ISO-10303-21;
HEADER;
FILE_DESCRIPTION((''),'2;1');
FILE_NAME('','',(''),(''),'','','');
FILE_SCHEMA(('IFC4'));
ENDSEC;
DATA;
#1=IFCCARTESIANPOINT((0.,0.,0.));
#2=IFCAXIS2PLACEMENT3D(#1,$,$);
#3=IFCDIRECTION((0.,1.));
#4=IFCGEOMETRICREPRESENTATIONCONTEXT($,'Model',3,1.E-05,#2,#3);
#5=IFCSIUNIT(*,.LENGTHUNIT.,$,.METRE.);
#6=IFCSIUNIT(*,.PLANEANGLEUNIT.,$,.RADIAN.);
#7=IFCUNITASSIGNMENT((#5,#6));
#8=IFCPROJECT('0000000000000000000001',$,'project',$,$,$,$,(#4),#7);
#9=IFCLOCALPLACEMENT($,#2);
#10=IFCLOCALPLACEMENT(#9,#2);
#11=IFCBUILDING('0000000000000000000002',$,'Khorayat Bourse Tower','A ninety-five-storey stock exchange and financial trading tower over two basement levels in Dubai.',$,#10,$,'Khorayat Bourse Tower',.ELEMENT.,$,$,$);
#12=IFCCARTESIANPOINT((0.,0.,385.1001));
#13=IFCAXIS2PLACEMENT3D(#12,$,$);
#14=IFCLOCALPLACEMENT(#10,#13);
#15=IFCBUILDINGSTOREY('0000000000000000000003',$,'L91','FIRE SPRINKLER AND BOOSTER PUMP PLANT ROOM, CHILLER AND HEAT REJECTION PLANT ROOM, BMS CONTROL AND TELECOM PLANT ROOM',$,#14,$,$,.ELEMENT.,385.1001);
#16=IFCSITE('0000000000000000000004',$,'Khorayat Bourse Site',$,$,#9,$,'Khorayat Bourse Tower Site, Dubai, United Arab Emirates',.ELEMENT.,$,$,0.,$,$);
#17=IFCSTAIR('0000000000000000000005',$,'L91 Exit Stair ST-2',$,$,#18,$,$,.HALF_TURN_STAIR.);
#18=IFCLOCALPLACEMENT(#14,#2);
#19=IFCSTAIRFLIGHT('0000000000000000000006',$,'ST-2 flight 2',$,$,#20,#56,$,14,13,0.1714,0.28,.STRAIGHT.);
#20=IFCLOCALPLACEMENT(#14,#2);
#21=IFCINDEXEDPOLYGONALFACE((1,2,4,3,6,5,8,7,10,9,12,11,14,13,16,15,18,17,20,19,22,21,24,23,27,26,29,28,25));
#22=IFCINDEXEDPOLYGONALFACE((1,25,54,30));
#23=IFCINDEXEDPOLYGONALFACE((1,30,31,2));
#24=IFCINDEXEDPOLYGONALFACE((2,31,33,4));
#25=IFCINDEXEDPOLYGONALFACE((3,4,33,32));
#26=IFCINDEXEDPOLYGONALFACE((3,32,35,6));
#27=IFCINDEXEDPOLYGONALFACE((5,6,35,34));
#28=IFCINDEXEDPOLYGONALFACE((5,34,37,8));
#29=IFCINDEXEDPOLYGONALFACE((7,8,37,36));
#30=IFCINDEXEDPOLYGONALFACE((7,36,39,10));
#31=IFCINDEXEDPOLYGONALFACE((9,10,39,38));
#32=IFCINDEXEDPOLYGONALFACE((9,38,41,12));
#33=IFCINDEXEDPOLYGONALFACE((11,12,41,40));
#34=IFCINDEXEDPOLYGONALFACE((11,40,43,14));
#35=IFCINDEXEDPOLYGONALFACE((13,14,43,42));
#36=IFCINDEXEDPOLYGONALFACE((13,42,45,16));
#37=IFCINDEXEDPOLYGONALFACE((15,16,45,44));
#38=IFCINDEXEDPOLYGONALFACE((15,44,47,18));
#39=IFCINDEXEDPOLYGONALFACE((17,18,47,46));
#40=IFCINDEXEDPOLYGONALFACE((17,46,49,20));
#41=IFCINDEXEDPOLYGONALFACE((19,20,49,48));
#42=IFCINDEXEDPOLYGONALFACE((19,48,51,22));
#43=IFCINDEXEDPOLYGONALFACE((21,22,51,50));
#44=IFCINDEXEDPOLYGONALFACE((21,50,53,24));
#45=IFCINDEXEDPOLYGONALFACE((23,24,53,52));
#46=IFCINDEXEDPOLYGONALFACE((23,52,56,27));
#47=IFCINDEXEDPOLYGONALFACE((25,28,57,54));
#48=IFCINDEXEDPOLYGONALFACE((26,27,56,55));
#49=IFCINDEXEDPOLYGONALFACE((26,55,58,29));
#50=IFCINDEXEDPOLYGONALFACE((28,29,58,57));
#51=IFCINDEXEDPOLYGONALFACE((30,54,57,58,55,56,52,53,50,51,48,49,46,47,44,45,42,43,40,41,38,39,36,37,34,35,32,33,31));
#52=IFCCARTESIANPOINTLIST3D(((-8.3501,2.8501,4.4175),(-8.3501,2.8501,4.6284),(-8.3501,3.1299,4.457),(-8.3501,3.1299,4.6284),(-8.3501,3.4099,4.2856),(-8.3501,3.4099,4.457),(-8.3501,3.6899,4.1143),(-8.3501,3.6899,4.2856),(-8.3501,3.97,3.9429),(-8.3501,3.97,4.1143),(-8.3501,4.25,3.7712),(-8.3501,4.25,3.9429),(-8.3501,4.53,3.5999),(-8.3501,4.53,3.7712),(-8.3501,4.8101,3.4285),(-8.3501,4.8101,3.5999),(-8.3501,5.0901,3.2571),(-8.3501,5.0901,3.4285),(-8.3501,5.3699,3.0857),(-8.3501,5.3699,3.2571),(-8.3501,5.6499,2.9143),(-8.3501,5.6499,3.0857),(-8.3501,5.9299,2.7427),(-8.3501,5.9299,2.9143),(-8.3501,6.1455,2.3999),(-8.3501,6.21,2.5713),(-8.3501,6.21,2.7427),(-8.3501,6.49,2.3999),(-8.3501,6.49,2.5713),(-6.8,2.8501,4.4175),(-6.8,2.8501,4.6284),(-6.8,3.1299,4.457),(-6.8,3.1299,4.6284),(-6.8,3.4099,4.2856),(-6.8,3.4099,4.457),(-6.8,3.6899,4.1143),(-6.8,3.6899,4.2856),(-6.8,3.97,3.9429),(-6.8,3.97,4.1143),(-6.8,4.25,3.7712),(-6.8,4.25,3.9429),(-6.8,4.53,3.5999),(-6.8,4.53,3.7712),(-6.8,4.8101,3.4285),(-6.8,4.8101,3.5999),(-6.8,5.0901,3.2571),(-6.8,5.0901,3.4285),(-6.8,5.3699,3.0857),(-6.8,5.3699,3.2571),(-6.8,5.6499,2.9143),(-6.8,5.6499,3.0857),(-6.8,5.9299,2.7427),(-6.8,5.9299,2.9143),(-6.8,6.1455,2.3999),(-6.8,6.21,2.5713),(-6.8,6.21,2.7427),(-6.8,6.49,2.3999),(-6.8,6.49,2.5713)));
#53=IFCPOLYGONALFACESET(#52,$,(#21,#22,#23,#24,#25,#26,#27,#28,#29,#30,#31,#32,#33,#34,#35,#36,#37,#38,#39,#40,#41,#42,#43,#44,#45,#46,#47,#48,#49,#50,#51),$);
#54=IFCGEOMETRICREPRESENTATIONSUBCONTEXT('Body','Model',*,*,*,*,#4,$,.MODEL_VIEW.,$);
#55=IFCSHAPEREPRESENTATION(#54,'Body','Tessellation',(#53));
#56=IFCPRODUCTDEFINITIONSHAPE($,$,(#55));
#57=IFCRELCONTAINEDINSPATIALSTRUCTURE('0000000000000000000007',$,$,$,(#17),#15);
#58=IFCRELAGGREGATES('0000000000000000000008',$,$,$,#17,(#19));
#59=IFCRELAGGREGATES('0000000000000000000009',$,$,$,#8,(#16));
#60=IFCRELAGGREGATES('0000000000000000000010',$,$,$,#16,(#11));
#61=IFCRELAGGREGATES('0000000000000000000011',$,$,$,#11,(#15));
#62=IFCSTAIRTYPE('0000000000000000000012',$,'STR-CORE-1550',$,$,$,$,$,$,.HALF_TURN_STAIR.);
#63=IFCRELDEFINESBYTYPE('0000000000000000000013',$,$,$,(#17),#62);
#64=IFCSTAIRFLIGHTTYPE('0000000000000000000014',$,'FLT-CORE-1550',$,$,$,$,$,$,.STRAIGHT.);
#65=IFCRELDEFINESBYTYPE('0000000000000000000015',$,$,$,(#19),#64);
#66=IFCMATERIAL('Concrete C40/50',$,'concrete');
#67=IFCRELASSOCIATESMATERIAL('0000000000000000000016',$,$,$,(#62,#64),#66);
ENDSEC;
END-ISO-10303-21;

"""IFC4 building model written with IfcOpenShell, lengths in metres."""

from ifc_helpers import new_model, si_unit, direction, frame, origin, place, context, subcontext, project, spatial, polyline, outline, extrude, source, transform, mapped, material, type_object, element, aggregate, save


model = new_model("IFC4")

# Units and contexts
model_context = context("Model", 3, precision=1e-05, world=origin(), true_north=direction((0.0, 1.0)))
body_context = subcontext(model_context, "Body", "Model", "MODEL_VIEW")
ifc_project = project(units=[si_unit("LENGTHUNIT", "METRE"), si_unit("PLANEANGLEUNIT", "RADIAN")], contexts=[model_context])

# Site, building, storey
site_placement = place(None, origin())
site = spatial("IfcSite", under=ifc_project, at=site_placement, Name="Khorayat Bourse Site", LongName="Khorayat Bourse Tower Site, Dubai, United Arab Emirates", CompositionType="ELEMENT", RefElevation=0.0)
building_placement = place(site_placement, origin())
building = spatial("IfcBuilding", under=site, at=building_placement, Name="Khorayat Bourse Tower", Description="A ninety-five-storey stock exchange and financial trading tower over two basement levels in Dubai.", LongName="Khorayat Bourse Tower", CompositionType="ELEMENT")
storey_placement = place(building_placement, frame((0.0, 0.0, 385.1001)))
storey = spatial("IfcBuildingStorey", under=building, at=storey_placement, Name="L91", Description="FIRE SPRINKLER AND BOOSTER PUMP PLANT ROOM, CHILLER AND HEAT REJECTION PLANT ROOM, BMS CONTROL AND TELECOM PLANT ROOM", CompositionType="ELEMENT", Elevation=385.1001)

# Stair, stair flight
ifc_material_1 = material(Name="Concrete C40/50", Category="concrete")
stair_type = type_object("IfcStairType", Name="STR-CORE-1550", PredefinedType="HALF_TURN_STAIR", material=ifc_material_1)
stair_placement = place(storey_placement, origin())
stair = element("IfcStair", 1, at=stair_placement, inside=storey, type_object=stair_type, Name="L91 Exit Stair ST-2", PredefinedType="HALF_TURN_STAIR")
stair_flight_type = type_object("IfcStairFlightType", Name="FLT-CORE-1550", PredefinedType="STRAIGHT", material=ifc_material_1)
shared_shape_1 = source(origin(), body_context, "Body", "SweptSolid", [
    extrude(outline(polyline([(0.0, 0.0), (0.0, 0.1714), (0.28, 0.1714), (0.28, 0.3428), (0.5601, 0.3428), (0.5601, 0.5144), (0.8401, 0.5144), (0.8401, 0.6858), (1.1201, 0.6858), (1.1201, 0.8572), (1.3999, 0.8572), (1.3999, 1.0286), (1.6799, 1.0286), (1.6799, 1.2), (1.96, 1.2), (1.96, 1.3713), (2.24, 1.3713), (2.24, 1.543), (2.52, 1.543), (2.52, 1.7144), (2.8, 1.7144), (2.8, 1.8857), (3.0801, 1.8857), (3.0801, 2.0571), (3.3601, 2.0571), (3.3601, 2.2285), (3.6399, 2.2285), (3.6399, 2.3999), (3.6399, 2.0176), (0.3445, 0.0), (0.0, 0.0)])), frame((0.0, 0.7749, 0.0), z_axis=(0.0, -1.0, 0.0), x_axis=(1.0, 0.0, 0.0)), (0.0, 0.0, 1.0), 1.55),
])
stair_flight_1_placement = place(storey_placement, frame((-7.575, 6.49, 2.3999), z_axis=(0.0, 0.0, 1.0), x_axis=(0.0, -1.0, 0.0)))
stair_flight_1 = element("IfcStairFlight", 2, at=stair_flight_1_placement, type_object=stair_flight_type, Name="ST-2 flight 2", NumberOfRisers=14, NumberOfTreads=13, PredefinedType="STRAIGHT", RiserHeight=0.1714, TreadLength=0.28, context=body_context, shape_type="MappedRepresentation", body=[
    mapped(shared_shape_1, transform((0.0, 0.0, 0.0), scale=1.0)),
])
aggregate(stair, [stair_flight_1])

save(model, "model.ifc")
